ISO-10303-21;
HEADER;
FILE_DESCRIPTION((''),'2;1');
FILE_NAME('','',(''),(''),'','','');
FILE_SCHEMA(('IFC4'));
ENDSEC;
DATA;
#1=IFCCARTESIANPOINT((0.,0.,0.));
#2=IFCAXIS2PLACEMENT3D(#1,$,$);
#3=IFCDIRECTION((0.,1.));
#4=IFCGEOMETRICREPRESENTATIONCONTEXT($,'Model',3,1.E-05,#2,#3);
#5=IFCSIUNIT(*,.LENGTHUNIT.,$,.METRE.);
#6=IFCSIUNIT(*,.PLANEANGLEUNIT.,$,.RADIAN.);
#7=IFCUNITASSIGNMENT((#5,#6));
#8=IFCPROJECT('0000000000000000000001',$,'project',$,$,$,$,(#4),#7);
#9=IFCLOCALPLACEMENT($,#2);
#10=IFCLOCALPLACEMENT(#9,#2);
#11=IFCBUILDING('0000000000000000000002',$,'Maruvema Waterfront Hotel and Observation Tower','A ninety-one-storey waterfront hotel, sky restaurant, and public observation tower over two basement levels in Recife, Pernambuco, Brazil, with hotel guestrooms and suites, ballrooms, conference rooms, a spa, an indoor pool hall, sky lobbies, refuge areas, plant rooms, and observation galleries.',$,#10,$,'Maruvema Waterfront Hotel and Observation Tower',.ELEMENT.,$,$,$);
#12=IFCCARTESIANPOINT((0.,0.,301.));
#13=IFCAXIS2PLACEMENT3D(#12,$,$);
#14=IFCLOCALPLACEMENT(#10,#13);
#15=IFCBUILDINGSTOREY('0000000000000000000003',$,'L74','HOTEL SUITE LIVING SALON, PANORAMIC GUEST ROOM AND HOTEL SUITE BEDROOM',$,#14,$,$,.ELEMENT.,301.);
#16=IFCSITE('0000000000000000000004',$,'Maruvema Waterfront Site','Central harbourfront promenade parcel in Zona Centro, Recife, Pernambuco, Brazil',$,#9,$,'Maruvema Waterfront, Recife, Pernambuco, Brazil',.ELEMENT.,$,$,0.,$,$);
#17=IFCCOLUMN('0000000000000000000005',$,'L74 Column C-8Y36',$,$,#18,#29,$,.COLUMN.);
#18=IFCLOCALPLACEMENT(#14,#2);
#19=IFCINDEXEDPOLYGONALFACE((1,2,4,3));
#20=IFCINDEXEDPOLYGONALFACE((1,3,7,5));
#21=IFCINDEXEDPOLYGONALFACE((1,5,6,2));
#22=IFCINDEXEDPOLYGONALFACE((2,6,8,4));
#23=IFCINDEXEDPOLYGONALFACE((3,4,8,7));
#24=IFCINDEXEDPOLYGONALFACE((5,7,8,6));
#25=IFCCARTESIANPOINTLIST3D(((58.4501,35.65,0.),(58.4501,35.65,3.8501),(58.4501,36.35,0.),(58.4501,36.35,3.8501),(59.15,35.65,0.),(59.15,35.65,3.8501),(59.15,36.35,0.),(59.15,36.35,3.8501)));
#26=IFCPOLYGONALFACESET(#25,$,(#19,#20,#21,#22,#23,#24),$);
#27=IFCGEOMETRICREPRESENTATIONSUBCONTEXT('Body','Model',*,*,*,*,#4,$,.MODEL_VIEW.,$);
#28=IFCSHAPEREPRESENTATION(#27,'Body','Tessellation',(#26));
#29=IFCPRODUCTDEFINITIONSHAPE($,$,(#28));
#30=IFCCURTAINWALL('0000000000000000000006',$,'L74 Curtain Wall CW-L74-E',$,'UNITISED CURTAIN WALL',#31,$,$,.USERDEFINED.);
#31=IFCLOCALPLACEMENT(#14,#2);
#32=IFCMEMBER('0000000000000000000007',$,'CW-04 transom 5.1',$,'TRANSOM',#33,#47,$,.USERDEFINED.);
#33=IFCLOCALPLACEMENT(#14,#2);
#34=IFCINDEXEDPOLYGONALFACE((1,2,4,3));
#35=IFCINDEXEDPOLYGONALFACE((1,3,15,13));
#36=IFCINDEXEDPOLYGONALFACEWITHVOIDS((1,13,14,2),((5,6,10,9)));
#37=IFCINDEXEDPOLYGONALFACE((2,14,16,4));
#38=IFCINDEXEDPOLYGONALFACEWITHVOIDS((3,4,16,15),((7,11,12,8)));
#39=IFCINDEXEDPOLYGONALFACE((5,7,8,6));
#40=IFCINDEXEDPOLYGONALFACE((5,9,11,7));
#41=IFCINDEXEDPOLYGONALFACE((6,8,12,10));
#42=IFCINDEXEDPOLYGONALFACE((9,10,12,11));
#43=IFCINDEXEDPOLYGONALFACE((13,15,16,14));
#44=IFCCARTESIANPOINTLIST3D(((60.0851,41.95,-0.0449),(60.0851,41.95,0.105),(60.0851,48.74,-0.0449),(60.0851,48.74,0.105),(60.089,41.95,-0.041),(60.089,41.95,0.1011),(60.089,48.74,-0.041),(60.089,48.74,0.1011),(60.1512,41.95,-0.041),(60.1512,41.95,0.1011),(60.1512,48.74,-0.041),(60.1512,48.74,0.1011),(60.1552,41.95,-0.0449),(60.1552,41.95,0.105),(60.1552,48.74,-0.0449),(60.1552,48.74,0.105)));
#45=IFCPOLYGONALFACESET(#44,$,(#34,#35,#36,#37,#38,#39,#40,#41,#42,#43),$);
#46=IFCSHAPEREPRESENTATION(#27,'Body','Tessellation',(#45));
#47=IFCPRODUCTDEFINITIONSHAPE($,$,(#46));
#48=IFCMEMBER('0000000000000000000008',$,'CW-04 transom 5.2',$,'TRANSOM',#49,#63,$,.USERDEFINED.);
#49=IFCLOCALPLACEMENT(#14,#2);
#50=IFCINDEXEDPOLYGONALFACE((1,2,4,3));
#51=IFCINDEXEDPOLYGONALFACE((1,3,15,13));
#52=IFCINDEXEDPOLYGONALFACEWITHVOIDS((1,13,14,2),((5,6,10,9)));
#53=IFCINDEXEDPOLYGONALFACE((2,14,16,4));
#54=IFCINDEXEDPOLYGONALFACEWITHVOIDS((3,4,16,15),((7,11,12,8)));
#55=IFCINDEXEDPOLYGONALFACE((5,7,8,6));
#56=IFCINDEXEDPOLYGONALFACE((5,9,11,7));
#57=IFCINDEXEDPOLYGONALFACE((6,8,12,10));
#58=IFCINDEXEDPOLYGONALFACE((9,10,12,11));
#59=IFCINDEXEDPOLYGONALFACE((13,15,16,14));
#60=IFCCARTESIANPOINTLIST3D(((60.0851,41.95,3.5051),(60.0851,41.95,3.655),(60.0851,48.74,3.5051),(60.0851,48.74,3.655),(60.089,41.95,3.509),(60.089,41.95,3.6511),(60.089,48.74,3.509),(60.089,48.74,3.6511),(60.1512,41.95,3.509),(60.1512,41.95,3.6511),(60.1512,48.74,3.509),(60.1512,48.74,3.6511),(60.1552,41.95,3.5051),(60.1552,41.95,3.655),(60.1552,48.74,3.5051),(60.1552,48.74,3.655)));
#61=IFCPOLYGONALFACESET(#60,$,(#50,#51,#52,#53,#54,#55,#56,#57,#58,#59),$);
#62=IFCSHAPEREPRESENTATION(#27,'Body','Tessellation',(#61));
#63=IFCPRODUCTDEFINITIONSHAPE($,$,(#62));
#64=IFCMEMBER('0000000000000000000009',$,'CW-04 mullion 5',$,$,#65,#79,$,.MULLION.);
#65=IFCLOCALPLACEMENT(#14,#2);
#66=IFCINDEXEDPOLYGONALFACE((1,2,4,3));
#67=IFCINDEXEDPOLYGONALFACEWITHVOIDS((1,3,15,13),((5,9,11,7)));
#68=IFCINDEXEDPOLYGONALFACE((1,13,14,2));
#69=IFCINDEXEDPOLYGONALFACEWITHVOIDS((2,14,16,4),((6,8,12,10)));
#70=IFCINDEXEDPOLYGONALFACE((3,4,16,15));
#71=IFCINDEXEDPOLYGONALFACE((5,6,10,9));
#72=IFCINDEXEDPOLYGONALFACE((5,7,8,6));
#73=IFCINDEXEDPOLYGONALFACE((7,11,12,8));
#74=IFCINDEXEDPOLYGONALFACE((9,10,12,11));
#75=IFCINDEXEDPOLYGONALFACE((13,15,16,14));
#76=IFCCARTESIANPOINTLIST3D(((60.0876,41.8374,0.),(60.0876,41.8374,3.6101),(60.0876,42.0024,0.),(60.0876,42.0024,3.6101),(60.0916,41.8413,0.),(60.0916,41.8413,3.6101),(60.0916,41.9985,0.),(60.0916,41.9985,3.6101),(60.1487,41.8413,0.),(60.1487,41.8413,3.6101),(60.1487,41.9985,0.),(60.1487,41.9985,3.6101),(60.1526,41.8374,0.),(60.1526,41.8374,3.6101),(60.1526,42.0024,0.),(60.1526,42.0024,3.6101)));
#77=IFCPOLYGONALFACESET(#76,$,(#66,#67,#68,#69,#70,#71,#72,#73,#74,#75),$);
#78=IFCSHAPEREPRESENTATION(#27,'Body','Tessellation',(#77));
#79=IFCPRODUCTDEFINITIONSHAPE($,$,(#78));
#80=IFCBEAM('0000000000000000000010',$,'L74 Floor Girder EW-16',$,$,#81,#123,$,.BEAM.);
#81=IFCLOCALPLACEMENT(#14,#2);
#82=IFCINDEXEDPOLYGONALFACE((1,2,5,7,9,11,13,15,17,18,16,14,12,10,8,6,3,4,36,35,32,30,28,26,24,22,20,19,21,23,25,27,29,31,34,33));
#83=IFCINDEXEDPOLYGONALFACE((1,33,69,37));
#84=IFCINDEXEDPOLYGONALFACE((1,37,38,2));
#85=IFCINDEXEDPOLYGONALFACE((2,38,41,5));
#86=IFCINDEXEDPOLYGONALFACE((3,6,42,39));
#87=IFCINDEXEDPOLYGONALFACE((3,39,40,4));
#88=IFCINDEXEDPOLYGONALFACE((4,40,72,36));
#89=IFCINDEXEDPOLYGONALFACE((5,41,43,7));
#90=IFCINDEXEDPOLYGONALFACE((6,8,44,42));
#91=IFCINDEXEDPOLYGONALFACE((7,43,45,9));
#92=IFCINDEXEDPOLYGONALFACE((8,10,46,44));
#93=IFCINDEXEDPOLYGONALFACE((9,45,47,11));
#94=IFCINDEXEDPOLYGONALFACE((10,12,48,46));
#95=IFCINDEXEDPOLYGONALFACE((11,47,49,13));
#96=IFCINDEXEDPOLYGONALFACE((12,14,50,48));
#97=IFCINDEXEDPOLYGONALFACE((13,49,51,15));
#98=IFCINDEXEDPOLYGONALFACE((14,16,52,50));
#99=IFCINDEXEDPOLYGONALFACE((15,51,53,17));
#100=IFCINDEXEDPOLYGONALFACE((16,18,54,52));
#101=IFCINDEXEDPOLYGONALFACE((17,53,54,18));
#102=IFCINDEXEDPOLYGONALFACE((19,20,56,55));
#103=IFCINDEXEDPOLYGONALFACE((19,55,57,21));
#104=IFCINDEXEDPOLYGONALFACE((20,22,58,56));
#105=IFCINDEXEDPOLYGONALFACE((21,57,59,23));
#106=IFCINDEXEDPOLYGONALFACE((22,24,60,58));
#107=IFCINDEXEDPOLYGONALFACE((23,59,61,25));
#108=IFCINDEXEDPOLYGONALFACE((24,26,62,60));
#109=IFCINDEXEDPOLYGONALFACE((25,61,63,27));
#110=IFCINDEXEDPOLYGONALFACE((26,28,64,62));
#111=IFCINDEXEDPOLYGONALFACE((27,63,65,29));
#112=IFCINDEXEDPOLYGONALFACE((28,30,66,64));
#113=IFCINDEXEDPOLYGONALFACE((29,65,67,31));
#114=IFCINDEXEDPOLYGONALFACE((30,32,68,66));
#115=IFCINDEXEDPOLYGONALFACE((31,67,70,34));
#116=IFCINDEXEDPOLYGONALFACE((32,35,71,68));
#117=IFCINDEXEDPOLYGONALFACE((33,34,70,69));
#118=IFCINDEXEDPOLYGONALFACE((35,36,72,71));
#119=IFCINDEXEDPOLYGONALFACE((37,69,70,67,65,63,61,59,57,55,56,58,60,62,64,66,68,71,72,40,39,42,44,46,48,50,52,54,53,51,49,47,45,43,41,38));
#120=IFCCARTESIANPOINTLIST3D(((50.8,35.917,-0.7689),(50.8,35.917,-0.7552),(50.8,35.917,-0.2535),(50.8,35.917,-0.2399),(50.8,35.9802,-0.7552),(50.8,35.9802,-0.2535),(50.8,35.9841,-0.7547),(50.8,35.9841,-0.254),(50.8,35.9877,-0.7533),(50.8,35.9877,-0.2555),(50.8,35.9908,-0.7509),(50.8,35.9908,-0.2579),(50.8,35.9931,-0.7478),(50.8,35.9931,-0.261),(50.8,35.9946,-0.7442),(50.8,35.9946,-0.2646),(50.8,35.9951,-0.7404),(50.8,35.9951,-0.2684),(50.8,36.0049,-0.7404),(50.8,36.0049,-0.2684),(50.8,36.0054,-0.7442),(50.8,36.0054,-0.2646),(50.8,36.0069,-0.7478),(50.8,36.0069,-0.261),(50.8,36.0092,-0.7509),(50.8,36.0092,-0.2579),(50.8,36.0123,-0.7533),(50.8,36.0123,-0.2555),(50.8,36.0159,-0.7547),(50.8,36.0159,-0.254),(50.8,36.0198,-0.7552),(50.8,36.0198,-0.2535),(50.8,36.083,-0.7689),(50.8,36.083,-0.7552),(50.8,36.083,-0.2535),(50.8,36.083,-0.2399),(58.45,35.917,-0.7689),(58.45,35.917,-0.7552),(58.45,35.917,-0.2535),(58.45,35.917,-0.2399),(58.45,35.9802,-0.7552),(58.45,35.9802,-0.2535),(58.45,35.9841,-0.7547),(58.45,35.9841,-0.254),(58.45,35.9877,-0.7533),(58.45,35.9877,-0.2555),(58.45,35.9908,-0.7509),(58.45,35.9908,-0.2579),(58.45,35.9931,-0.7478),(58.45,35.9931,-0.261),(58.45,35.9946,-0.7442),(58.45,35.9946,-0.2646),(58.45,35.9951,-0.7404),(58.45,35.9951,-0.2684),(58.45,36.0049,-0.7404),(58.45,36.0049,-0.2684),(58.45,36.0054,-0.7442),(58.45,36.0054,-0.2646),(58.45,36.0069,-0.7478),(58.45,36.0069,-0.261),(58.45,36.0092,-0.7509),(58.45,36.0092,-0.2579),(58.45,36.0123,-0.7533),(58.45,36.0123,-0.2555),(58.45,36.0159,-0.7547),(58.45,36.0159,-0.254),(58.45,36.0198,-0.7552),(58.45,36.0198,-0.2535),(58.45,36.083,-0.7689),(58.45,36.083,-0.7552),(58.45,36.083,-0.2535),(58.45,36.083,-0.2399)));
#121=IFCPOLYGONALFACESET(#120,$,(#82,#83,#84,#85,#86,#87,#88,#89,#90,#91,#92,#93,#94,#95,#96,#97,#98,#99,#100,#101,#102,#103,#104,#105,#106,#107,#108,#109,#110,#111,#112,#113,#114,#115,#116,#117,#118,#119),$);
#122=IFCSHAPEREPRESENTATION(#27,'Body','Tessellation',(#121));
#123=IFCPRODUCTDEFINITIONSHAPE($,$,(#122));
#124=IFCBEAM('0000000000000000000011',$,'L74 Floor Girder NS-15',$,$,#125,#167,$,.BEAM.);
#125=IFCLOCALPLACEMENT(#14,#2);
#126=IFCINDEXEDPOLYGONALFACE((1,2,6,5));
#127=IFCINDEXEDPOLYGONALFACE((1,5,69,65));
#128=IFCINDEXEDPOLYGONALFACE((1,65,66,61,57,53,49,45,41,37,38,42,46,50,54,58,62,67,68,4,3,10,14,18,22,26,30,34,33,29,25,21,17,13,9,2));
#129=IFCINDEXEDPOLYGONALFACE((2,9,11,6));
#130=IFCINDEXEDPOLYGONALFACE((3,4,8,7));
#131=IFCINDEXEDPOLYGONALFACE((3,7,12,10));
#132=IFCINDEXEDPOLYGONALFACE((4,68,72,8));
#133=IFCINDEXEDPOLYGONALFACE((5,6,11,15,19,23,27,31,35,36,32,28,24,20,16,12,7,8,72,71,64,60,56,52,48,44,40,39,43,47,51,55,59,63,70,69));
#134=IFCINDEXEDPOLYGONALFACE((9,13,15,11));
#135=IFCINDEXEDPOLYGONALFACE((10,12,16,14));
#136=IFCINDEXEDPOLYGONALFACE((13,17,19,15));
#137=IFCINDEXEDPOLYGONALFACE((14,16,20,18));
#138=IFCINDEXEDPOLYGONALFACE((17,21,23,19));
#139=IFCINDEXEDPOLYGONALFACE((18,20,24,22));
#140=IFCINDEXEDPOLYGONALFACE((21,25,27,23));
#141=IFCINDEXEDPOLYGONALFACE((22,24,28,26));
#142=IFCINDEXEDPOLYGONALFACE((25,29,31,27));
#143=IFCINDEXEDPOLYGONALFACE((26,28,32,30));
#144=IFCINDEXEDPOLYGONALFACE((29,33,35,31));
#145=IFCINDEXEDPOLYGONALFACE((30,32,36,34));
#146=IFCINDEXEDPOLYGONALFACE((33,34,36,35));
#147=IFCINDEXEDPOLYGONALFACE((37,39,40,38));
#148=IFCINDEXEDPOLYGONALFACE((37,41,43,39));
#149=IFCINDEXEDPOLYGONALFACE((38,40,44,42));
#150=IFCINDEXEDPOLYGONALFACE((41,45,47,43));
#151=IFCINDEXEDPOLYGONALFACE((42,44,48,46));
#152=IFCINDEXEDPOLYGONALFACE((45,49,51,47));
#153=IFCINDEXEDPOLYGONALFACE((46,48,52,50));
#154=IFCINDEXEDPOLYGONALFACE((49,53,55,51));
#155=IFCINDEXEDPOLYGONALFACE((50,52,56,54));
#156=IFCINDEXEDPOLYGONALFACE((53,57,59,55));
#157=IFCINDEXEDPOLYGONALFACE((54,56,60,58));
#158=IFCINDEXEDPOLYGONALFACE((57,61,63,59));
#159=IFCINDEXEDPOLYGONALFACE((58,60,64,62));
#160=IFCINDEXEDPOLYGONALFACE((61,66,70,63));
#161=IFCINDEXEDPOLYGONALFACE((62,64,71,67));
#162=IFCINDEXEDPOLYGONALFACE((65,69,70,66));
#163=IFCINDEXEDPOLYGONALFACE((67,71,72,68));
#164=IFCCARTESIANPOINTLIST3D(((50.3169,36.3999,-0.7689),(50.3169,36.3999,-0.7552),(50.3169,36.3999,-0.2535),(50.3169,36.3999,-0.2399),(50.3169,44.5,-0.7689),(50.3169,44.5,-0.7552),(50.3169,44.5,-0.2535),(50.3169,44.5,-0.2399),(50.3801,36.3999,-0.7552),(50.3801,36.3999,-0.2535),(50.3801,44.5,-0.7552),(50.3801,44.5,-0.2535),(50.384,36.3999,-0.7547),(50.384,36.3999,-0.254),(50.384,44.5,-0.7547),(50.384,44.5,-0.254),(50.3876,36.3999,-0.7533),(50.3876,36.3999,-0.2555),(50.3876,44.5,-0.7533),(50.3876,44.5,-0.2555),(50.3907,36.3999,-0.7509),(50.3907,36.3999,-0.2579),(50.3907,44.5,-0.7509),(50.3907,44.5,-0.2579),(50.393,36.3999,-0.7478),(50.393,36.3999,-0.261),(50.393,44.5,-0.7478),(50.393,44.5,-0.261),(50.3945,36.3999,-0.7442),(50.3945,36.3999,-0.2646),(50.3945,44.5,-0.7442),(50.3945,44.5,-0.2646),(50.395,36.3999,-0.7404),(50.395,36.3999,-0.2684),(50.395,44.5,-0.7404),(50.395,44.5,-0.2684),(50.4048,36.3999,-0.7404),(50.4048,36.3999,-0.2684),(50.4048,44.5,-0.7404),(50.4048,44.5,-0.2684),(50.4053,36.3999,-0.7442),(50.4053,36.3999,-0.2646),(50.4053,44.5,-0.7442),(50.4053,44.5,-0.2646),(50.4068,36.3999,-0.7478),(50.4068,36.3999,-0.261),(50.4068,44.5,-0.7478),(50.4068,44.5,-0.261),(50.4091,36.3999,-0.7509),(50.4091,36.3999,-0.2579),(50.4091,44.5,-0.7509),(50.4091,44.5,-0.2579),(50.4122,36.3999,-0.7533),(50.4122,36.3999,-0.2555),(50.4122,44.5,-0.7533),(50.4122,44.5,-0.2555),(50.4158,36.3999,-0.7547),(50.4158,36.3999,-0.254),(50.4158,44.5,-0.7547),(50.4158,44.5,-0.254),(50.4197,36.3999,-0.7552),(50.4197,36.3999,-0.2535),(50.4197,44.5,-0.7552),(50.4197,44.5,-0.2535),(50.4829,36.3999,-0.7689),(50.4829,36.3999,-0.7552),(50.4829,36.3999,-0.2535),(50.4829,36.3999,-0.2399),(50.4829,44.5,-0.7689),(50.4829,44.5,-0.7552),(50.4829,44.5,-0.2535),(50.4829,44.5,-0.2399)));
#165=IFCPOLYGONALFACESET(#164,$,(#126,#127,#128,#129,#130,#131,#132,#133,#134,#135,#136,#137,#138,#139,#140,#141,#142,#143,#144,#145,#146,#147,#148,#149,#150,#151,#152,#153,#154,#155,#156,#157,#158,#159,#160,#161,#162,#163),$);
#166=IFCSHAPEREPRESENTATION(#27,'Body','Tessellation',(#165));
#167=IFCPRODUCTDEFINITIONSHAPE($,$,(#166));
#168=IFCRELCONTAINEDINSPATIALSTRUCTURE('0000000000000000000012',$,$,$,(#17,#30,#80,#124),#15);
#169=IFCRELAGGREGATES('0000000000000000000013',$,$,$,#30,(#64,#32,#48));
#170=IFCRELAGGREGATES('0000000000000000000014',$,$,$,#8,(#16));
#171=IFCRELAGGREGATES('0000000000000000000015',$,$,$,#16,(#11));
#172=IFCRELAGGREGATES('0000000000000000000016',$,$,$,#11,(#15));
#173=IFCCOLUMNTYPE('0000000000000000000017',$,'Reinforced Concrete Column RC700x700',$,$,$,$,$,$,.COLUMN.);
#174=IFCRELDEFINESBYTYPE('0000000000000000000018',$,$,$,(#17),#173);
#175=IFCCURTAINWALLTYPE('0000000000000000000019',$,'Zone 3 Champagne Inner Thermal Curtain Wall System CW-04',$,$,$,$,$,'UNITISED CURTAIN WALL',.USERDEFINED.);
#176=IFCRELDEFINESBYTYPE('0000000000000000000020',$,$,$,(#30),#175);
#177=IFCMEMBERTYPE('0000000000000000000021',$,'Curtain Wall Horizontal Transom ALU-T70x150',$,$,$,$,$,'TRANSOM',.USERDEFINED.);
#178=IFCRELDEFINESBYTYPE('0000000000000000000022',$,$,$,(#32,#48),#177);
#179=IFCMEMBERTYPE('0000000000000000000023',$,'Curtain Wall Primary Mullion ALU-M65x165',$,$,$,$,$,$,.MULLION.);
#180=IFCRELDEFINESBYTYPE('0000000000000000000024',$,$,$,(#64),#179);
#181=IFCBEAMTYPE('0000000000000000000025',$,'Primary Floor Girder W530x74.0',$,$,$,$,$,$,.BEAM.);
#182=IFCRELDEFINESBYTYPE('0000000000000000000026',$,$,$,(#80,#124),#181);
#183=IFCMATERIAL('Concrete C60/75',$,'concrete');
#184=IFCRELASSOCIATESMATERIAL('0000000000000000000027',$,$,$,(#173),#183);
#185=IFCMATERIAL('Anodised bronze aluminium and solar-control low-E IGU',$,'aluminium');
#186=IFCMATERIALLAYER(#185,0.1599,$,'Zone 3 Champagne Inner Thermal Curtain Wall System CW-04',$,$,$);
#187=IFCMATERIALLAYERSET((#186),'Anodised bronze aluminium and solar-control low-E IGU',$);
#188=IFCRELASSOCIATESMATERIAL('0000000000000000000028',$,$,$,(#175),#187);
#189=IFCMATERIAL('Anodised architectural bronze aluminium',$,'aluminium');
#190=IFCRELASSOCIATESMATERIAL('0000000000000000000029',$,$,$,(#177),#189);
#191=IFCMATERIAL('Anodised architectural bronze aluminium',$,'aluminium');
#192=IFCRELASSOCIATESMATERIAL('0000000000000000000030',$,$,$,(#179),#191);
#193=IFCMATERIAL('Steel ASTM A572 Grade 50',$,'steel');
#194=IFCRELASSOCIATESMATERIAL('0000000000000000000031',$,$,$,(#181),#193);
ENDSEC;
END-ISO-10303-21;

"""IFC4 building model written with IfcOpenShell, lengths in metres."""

from ifc_helpers import new_model, si_unit, direction, frame, origin, origin_2d, place, context, subcontext, project, spatial, rectangle, hollow_rectangle, i_section, extrude, material, layer, layer_set, material_profile, profile_set, type_object, element, aggregate, save


model = new_model("IFC4")

# Units and contexts
model_context = context("Model", 3, precision=1e-05, world=origin(), true_north=direction((0.0, 1.0)))
body_context = subcontext(model_context, "Body", "Model", "MODEL_VIEW")
ifc_project = project(units=[si_unit("LENGTHUNIT", "METRE"), si_unit("PLANEANGLEUNIT", "RADIAN")], contexts=[model_context])

# Site, building, storey
site_placement = place(None, origin())
site = spatial("IfcSite", under=ifc_project, at=site_placement, Name="Maruvema Waterfront Site", Description="Central harbourfront promenade parcel in Zona Centro, Recife, Pernambuco, Brazil", LongName="Maruvema Waterfront, Recife, Pernambuco, Brazil", CompositionType="ELEMENT", RefElevation=0.0)
building_placement = place(site_placement, origin())
building = spatial("IfcBuilding", under=site, at=building_placement, Name="Maruvema Waterfront Hotel and Observation Tower", Description="A ninety-one-storey waterfront hotel, sky restaurant, and public observation tower over two basement levels in Recife, Pernambuco, Brazil, with hotel guestrooms and suites, ballrooms, conference rooms, a spa, an indoor pool hall, sky lobbies, refuge areas, plant rooms, and observation galleries.", LongName="Maruvema Waterfront Hotel and Observation Tower", CompositionType="ELEMENT")
storey_placement = place(building_placement, frame((0.0, 0.0, 301.0)))
storey = spatial("IfcBuildingStorey", under=building, at=storey_placement, Name="L74", Description="HOTEL SUITE LIVING SALON, PANORAMIC GUEST ROOM AND HOTEL SUITE BEDROOM", CompositionType="ELEMENT", Elevation=301.0)

# Column
ifc_material_1 = material(Name="Concrete C60/75", Category="concrete")
ifc_material_profile_1 = material_profile(ifc_material_1, rectangle(XDim=0.7, YDim=0.7, at=origin_2d()), Name="RC700x700")
ifc_profile_set_1 = profile_set([ifc_material_profile_1], Name="Concrete C60/75")
column_type = type_object("IfcColumnType", Name="Reinforced Concrete Column RC700x700", PredefinedType="COLUMN", material=ifc_profile_set_1)
column_placement = place(storey_placement, frame((58.8, 36.0, 0.0), z_axis=(0.0, 0.0, 1.0), x_axis=(1.0, 0.0, 0.0)))
element("IfcColumn", 1, at=column_placement, inside=storey, type_object=column_type, Name="L74 Column C-8Y36", PredefinedType="COLUMN", context=body_context, shape_type="SweptSolid", body=[
    extrude(rectangle(XDim=0.7, YDim=0.7, at=origin_2d()), origin(), (0.0, 0.0, 1.0), 3.8501),
])

# Curtain wall, members
ifc_material_2 = material(Name="Anodised bronze aluminium and solar-control low-E IGU", Category="aluminium")
ifc_layer_1 = layer(ifc_material_2, 0.1599, Name="Zone 3 Champagne Inner Thermal Curtain Wall System CW-04")
ifc_layer_set_1 = layer_set([ifc_layer_1], Name="Anodised bronze aluminium and solar-control low-E IGU")
curtain_wall_type = type_object("IfcCurtainWallType", Name="Zone 3 Champagne Inner Thermal Curtain Wall System CW-04", ElementType="UNITISED CURTAIN WALL", PredefinedType="USERDEFINED", material=ifc_layer_set_1)
curtain_wall_placement = place(storey_placement, origin())
curtain_wall = element("IfcCurtainWall", 2, at=curtain_wall_placement, inside=storey, type_object=curtain_wall_type, Name="L74 Curtain Wall CW-L74-E", ObjectType="UNITISED CURTAIN WALL", PredefinedType="USERDEFINED")
ifc_material_3 = material(Name="Anodised architectural bronze aluminium", Category="aluminium")
ifc_material_profile_2 = material_profile(ifc_material_3, hollow_rectangle(XDim=0.0701, YDim=0.1499, WallThickness=0.0039, at=origin_2d()), Name="ALU-T70x150")
ifc_profile_set_2 = profile_set([ifc_material_profile_2], Name="Anodised architectural bronze aluminium")
member_type_1 = type_object("IfcMemberType", Name="Curtain Wall Horizontal Transom ALU-T70x150", ElementType="TRANSOM", PredefinedType="USERDEFINED", material=ifc_profile_set_2)
member_1_placement = place(storey_placement, frame((60.1201, 41.95, 0.03), z_axis=(0.0, 1.0, 0.0), x_axis=(-1.0, 0.0, 0.0)))
member_1 = element("IfcMember", 3, at=member_1_placement, type_object=member_type_1, Name="CW-04 transom 5.1", ObjectType="TRANSOM", PredefinedType="USERDEFINED", context=body_context, shape_type="SweptSolid", body=[
    extrude(hollow_rectangle(XDim=0.0701, YDim=0.1499, WallThickness=0.0039, at=origin_2d()), origin(), (0.0, 0.0, 1.0), 6.79),
])
member_2_placement = place(storey_placement, frame((60.1201, 41.95, 3.5801), z_axis=(0.0, 1.0, 0.0), x_axis=(-1.0, 0.0, 0.0)))
member_2 = element("IfcMember", 4, at=member_2_placement, type_object=member_type_1, Name="CW-04 transom 5.2", ObjectType="TRANSOM", PredefinedType="USERDEFINED", context=body_context, shape_type="SweptSolid", body=[
    extrude(hollow_rectangle(XDim=0.0701, YDim=0.1499, WallThickness=0.0039, at=origin_2d()), origin(), (0.0, 0.0, 1.0), 6.79),
])
ifc_material_4 = material(Name="Anodised architectural bronze aluminium", Category="aluminium")
ifc_material_profile_3 = material_profile(ifc_material_4, hollow_rectangle(XDim=0.0649, YDim=0.165, WallThickness=0.0039, at=origin_2d()), Name="ALU-M65x165")
ifc_profile_set_3 = profile_set([ifc_material_profile_3], Name="Anodised architectural bronze aluminium")
member_type_2 = type_object("IfcMemberType", Name="Curtain Wall Primary Mullion ALU-M65x165", PredefinedType="MULLION", material=ifc_profile_set_3)
member_3_placement = place(storey_placement, frame((60.1201, 41.9199, 0.0), z_axis=(0.0, 0.0, 1.0), x_axis=(-1.0, 0.0, 0.0)))
member_3 = element("IfcMember", 5, at=member_3_placement, type_object=member_type_2, Name="CW-04 mullion 5", PredefinedType="MULLION", context=body_context, shape_type="SweptSolid", body=[
    extrude(hollow_rectangle(XDim=0.0649, YDim=0.165, WallThickness=0.0039, at=origin_2d()), origin(), (0.0, 0.0, 1.0), 3.6101),
])

# Beams
ifc_material_5 = material(Name="Steel ASTM A572 Grade 50", Category="steel")
ifc_material_profile_4 = material_profile(ifc_material_5, i_section(OverallWidth=0.166, OverallDepth=0.5291, WebThickness=0.0098, FlangeThickness=0.0137, FilletRadius=0.0149, at=origin_2d()), Name="W530x74.0")
ifc_profile_set_4 = profile_set([ifc_material_profile_4], Name="Steel ASTM A572 Grade 50")
beam_type_1 = type_object("IfcBeamType", Name="Primary Floor Girder W530x74.0", PredefinedType="BEAM", material=ifc_profile_set_4)
beam_1_placement = place(storey_placement, frame((50.8, 36.0, -0.5044), z_axis=(1.0, 0.0, 0.0), x_axis=(0.0, 1.0, 0.0)))
element("IfcBeam", 6, at=beam_1_placement, inside=storey, type_object=beam_type_1, Name="L74 Floor Girder EW-16", PredefinedType="BEAM", context=body_context, shape_type="SweptSolid", body=[
    extrude(i_section(OverallWidth=0.166, OverallDepth=0.5291, WebThickness=0.0098, FlangeThickness=0.0137, FilletRadius=0.0149, at=origin_2d()), origin(), (0.0, 0.0, 1.0), 7.6499),
])
beam_2_placement = place(storey_placement, frame((50.3999, 36.3999, -0.5044), z_axis=(0.0, 1.0, 0.0), x_axis=(-1.0, 0.0, 0.0)))
element("IfcBeam", 7, at=beam_2_placement, inside=storey, type_object=beam_type_1, Name="L74 Floor Girder NS-15", PredefinedType="BEAM", context=body_context, shape_type="SweptSolid", body=[
    extrude(i_section(OverallWidth=0.166, OverallDepth=0.5291, WebThickness=0.0098, FlangeThickness=0.0137, FilletRadius=0.0149, at=origin_2d()), origin(), (0.0, 0.0, 1.0), 8.1001),
])

aggregate(curtain_wall, [member_3, member_1, member_2])

save(model, "model.ifc")
